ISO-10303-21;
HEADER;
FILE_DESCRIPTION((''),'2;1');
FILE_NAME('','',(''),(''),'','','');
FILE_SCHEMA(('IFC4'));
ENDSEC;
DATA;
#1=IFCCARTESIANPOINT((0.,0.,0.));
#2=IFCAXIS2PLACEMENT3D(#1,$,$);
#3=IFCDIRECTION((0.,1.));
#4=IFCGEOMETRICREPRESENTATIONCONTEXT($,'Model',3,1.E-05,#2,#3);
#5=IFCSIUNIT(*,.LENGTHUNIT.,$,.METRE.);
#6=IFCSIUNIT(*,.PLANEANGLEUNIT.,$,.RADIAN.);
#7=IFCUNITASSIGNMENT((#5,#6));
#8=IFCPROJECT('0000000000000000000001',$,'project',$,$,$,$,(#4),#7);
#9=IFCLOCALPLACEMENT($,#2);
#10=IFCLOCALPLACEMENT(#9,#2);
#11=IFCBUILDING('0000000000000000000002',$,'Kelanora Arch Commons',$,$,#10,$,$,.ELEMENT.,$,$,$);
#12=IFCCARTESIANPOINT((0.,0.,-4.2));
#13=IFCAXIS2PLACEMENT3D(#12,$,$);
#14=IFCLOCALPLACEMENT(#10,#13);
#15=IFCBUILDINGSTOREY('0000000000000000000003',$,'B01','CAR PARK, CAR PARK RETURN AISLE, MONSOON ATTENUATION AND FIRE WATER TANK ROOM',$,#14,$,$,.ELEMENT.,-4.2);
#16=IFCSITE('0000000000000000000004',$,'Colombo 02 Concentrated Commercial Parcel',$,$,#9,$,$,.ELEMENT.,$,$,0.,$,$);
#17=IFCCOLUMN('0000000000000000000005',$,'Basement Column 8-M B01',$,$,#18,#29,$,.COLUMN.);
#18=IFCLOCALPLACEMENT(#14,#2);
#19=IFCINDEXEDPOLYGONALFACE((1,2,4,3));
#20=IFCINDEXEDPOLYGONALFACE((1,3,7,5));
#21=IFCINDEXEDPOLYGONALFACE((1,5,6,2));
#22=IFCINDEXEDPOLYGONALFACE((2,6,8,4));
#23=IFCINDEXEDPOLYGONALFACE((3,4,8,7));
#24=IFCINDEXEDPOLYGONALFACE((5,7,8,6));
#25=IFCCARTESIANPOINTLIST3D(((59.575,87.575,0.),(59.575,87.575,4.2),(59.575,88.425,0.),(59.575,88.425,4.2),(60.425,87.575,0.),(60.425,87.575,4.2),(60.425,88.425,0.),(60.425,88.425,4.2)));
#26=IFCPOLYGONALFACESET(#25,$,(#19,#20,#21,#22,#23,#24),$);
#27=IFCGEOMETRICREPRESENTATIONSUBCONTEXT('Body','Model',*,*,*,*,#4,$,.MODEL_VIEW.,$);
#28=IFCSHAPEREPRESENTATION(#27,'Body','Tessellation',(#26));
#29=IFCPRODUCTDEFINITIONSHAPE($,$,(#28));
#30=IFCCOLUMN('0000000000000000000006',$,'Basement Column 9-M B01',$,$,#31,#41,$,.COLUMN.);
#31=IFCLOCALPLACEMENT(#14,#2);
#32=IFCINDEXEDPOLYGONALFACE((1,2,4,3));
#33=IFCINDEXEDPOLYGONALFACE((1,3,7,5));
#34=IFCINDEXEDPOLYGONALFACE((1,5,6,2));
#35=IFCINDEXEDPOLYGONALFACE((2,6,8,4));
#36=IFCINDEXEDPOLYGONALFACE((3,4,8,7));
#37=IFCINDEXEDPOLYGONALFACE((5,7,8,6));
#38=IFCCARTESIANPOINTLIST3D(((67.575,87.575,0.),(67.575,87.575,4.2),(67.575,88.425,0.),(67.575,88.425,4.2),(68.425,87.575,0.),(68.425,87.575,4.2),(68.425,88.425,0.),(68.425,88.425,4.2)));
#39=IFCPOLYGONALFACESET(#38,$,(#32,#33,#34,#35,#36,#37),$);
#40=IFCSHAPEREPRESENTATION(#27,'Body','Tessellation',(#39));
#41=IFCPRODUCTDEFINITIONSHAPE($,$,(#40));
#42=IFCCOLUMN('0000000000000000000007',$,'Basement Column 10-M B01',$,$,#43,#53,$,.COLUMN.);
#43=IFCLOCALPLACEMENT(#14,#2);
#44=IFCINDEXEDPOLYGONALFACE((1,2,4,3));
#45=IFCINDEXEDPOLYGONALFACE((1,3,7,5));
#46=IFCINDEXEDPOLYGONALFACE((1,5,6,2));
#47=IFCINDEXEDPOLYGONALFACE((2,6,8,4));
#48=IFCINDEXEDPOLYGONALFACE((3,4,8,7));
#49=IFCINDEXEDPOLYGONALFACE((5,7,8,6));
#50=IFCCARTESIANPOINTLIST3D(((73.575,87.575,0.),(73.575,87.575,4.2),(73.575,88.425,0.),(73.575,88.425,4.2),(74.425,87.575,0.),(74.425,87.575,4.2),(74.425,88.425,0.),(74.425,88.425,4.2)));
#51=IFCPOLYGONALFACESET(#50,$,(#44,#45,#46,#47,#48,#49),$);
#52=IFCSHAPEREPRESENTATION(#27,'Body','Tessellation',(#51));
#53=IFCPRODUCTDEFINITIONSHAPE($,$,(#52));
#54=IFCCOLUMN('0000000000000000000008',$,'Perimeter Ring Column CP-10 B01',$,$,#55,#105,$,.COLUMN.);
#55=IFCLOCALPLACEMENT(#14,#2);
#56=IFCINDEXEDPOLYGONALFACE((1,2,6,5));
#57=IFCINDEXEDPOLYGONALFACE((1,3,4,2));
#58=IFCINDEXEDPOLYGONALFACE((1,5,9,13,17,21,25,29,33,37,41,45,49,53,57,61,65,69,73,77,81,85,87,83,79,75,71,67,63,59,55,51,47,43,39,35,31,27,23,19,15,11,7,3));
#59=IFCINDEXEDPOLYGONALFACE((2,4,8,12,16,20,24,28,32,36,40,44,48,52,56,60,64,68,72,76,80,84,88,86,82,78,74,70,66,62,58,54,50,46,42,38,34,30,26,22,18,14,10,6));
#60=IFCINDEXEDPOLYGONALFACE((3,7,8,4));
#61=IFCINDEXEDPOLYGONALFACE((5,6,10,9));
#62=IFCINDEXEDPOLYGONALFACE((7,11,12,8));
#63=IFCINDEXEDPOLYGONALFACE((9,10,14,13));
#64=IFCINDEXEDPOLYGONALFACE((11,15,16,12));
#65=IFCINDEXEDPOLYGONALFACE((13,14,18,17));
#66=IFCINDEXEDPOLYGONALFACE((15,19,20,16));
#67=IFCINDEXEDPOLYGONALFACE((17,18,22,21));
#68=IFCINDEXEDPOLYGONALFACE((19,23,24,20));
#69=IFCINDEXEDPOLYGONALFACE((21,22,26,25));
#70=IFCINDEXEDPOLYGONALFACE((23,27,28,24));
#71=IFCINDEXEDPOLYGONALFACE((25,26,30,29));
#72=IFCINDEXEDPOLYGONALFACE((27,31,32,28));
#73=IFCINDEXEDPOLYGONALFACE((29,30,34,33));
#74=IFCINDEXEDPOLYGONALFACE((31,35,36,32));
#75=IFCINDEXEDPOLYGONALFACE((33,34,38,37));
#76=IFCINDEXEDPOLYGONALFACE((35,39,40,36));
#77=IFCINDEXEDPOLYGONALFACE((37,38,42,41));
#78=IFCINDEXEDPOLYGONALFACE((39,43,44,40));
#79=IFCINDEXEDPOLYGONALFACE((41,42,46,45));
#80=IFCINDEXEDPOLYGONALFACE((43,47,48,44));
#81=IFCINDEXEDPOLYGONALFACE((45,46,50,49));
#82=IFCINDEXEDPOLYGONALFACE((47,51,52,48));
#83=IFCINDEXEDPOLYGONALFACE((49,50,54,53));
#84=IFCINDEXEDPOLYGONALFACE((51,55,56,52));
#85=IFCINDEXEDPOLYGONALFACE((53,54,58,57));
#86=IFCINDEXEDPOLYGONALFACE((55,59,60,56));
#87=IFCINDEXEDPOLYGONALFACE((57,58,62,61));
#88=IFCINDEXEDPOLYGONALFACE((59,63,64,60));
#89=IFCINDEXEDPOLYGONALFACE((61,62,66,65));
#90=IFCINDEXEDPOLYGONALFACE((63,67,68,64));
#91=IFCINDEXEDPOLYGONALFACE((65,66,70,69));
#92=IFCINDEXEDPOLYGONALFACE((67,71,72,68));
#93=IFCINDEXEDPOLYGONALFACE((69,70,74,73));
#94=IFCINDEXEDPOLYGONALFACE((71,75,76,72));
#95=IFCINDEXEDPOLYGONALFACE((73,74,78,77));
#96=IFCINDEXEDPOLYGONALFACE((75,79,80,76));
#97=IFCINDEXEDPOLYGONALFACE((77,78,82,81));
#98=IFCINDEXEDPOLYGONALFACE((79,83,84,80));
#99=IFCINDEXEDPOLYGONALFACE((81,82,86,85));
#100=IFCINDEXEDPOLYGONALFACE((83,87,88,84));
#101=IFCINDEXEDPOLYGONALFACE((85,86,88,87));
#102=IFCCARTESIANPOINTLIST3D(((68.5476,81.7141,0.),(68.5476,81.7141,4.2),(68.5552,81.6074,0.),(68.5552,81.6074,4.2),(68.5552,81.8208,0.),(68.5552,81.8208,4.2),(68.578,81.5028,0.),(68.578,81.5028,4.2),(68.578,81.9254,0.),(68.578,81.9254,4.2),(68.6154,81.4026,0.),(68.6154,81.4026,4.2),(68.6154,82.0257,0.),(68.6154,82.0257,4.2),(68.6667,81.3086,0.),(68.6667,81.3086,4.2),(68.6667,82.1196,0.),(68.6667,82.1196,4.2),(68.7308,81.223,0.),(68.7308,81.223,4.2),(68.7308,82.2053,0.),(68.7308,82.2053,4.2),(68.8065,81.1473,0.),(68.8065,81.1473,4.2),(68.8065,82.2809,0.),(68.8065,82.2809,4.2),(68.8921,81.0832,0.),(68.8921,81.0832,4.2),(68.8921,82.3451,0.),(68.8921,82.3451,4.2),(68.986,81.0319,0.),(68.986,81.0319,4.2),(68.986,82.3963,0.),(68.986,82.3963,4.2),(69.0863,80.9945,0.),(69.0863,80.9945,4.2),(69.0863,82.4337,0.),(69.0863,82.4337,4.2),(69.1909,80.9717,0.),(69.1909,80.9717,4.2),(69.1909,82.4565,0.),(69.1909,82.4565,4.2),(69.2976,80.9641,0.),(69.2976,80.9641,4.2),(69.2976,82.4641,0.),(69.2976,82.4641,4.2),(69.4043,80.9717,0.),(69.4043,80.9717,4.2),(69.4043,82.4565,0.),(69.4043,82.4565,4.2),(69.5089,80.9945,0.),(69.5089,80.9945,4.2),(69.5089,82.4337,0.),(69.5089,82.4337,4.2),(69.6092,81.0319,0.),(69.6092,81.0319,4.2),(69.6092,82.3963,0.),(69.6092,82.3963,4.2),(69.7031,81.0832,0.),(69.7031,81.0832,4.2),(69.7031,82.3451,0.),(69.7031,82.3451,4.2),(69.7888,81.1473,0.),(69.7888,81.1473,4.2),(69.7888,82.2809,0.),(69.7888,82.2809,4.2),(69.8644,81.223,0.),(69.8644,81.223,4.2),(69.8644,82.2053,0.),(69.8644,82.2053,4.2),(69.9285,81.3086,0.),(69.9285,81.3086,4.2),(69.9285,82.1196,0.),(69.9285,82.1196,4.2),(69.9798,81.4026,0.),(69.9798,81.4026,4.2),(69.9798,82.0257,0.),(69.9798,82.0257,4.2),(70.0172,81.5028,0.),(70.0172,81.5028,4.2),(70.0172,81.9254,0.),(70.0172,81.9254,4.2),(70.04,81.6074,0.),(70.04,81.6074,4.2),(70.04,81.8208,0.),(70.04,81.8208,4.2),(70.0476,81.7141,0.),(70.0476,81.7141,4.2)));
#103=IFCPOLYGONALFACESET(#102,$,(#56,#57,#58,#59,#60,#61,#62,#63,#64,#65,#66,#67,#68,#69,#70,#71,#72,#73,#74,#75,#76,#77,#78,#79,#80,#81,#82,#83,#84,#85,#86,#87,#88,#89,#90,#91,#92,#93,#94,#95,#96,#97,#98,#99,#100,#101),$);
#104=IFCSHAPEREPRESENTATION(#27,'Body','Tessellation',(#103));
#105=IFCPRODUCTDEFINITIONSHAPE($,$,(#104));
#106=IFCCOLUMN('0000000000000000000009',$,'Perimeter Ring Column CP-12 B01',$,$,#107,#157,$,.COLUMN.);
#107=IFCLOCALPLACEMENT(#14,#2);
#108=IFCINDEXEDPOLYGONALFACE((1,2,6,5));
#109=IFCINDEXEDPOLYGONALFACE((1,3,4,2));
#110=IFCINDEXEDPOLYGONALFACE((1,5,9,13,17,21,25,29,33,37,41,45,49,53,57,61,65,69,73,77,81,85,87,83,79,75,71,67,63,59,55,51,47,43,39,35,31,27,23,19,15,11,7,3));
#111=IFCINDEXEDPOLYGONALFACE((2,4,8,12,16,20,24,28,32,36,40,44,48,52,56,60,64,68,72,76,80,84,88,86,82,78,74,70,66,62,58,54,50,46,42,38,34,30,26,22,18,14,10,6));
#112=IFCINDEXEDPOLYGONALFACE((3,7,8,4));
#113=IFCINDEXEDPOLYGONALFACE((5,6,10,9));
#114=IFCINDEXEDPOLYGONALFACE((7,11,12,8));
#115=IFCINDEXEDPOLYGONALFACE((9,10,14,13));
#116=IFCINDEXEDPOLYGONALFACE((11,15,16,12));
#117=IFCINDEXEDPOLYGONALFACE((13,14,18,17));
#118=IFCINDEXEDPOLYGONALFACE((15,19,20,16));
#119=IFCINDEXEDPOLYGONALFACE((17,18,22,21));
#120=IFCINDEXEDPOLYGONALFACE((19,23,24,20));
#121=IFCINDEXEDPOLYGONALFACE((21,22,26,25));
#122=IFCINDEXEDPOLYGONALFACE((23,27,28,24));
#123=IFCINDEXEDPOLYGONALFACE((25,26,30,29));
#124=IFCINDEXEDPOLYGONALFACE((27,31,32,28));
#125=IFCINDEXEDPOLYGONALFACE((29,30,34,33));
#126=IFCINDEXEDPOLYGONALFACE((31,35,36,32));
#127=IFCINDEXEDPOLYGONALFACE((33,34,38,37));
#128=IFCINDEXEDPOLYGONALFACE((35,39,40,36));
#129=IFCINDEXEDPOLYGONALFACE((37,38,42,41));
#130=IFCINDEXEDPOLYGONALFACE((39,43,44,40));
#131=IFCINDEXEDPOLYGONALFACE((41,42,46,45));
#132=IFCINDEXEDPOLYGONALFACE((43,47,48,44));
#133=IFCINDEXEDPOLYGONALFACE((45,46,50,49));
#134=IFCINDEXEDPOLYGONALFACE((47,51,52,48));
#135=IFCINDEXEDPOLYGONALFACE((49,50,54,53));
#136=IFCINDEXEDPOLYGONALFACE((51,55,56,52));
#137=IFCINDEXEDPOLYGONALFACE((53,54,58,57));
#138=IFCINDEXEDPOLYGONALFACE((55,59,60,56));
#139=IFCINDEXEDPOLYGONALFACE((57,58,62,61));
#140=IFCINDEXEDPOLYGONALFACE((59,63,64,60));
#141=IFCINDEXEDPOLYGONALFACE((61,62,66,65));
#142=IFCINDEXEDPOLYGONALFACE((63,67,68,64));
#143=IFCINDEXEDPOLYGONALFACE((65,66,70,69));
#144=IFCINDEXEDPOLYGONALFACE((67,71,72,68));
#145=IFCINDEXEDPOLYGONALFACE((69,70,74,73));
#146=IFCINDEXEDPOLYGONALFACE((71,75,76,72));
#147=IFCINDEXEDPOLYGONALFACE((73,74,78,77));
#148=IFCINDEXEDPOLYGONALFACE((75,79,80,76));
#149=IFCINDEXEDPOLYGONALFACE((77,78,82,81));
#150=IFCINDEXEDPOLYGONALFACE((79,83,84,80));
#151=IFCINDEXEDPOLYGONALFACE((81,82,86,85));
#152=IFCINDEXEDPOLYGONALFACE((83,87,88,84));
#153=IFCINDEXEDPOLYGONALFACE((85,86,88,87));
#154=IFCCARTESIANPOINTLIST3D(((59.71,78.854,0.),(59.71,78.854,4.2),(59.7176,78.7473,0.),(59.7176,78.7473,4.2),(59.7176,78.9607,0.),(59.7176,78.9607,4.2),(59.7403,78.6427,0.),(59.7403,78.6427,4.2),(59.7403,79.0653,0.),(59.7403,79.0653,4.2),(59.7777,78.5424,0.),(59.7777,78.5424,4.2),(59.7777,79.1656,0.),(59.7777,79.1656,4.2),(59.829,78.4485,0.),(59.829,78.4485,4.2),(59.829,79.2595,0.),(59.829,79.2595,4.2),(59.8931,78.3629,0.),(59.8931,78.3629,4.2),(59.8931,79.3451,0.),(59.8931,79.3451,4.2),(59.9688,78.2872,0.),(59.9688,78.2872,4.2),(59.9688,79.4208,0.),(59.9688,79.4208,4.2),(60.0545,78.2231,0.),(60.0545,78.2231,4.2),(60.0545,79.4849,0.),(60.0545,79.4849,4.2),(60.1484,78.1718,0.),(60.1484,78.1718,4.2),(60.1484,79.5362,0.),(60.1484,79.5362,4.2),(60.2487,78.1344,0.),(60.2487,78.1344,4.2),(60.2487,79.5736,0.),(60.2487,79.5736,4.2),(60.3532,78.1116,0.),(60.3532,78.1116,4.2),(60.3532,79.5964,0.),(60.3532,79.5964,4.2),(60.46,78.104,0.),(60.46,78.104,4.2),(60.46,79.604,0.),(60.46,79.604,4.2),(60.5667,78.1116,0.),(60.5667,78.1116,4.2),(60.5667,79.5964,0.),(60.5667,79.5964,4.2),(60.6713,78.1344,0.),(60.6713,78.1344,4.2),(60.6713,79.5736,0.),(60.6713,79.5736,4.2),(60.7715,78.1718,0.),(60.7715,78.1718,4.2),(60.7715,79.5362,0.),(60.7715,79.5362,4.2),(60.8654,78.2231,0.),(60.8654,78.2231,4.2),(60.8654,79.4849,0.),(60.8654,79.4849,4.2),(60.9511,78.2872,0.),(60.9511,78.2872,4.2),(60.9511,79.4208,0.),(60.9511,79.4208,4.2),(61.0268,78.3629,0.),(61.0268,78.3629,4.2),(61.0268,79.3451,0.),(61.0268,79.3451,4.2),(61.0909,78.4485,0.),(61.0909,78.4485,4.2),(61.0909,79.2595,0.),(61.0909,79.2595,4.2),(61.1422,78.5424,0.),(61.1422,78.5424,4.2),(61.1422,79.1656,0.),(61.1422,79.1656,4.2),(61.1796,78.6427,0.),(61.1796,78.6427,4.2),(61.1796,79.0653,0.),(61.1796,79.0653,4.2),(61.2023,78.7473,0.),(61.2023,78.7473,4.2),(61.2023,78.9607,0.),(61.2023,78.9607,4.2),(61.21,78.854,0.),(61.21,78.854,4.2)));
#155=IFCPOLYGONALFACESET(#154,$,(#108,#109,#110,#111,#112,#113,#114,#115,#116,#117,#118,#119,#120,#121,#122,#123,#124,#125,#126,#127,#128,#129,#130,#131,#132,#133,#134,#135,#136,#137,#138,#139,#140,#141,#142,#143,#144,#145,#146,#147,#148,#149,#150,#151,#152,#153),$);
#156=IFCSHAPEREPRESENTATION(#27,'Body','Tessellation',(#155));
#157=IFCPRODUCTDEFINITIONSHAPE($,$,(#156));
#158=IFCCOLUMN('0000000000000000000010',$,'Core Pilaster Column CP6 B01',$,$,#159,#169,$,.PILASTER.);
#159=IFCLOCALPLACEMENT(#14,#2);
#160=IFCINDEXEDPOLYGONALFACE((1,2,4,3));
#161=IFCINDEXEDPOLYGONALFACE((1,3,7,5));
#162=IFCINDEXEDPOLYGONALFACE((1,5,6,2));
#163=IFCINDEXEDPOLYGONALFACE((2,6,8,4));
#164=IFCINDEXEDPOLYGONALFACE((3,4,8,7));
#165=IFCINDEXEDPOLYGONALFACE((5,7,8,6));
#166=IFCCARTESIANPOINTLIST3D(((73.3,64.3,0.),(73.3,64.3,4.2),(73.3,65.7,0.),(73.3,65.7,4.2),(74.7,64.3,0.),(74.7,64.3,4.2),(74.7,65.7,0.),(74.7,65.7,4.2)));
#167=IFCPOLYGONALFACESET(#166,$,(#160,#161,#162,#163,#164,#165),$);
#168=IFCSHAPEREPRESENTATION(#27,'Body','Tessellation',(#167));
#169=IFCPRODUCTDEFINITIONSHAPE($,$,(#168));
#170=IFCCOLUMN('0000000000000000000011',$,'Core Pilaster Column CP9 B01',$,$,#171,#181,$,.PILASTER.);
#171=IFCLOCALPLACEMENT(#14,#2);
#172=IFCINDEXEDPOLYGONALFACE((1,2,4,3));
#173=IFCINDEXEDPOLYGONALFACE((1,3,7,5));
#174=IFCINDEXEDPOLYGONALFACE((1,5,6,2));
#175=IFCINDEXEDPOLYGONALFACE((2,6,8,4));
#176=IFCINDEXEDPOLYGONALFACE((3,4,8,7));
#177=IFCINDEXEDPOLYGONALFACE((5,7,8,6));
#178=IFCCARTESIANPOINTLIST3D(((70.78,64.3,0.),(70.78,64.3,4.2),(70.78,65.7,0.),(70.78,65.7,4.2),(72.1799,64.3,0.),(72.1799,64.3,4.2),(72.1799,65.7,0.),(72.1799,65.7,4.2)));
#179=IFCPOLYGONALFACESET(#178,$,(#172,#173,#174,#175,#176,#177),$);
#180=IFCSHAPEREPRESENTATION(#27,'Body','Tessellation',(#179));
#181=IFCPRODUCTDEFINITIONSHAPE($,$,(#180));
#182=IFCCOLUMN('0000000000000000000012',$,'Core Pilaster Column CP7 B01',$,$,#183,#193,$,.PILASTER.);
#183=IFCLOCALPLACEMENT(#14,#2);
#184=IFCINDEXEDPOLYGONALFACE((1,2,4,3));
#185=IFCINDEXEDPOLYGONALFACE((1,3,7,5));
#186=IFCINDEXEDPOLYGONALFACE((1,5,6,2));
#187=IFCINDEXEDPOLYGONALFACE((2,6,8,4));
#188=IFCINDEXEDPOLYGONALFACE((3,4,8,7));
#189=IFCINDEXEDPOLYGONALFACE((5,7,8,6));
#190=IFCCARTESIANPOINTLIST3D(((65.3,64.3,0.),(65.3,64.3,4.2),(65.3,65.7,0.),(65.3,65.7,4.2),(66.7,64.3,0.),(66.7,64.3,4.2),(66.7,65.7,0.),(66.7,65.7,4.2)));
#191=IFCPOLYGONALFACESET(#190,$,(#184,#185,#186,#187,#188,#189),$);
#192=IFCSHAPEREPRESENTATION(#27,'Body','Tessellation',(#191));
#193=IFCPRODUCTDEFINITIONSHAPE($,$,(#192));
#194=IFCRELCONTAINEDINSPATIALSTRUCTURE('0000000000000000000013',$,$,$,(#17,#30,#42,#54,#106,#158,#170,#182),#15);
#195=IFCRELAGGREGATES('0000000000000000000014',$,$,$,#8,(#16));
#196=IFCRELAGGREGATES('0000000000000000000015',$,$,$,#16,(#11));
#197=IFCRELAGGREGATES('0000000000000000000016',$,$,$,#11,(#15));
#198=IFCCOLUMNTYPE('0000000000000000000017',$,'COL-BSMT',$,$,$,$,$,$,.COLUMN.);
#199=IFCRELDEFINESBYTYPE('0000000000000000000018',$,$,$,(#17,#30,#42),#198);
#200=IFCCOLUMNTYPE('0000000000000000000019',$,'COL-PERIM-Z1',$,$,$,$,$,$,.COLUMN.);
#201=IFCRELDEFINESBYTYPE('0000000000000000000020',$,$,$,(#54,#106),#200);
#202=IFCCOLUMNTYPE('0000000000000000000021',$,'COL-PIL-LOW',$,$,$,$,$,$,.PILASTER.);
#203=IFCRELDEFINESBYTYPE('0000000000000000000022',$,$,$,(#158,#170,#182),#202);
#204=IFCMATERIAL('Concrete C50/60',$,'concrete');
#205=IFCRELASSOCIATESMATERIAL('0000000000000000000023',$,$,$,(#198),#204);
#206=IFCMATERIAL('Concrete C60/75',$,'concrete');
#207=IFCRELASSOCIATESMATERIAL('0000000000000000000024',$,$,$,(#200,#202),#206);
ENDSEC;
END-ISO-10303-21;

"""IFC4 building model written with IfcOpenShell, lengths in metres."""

from ifc_helpers import new_model, si_unit, direction, frame, origin, origin_2d, place, context, subcontext, project, spatial, rectangle, circle, extrude, material, material_profile, profile_set, type_object, element, save


model = new_model("IFC4")

# Units and contexts
model_context = context("Model", 3, precision=1e-05, world=origin(), true_north=direction((0.0, 1.0)))
body_context = subcontext(model_context, "Body", "Model", "MODEL_VIEW")
ifc_project = project(units=[si_unit("LENGTHUNIT", "METRE"), si_unit("PLANEANGLEUNIT", "RADIAN")], contexts=[model_context])

# Site, building, storey
site_placement = place(None, origin())
site = spatial("IfcSite", under=ifc_project, at=site_placement, Name="Colombo 02 Concentrated Commercial Parcel", CompositionType="ELEMENT", RefElevation=0.0)
building_placement = place(site_placement, origin())
building = spatial("IfcBuilding", under=site, at=building_placement, Name="Kelanora Arch Commons", CompositionType="ELEMENT")
storey_placement = place(building_placement, frame((0.0, 0.0, -4.2)))
storey = spatial("IfcBuildingStorey", under=building, at=storey_placement, Name="B01", Description="CAR PARK, CAR PARK RETURN AISLE, MONSOON ATTENUATION AND FIRE WATER TANK ROOM", CompositionType="ELEMENT", Elevation=-4.2)

# Columns
ifc_material_1 = material(Name="Concrete C50/60", Category="concrete")
ifc_material_profile_1 = material_profile(ifc_material_1, rectangle(XDim=0.8501, YDim=0.8501, at=origin_2d()), Name="RC850x850")
ifc_profile_set_1 = profile_set([ifc_material_profile_1], Name="Concrete C50/60")
column_type_1 = type_object("IfcColumnType", Name="COL-BSMT", PredefinedType="COLUMN", material=ifc_profile_set_1)
for number, where, z_axis, x_axis, name in (
    (1, (60.0, 88.0, 0.0), (0.0, 0.0, 1.0), (1.0, 0.0, 0.0), "Basement Column 8-M B01"),
    (2, (68.0, 88.0, 0.0), (0.0, 0.0, 1.0), (1.0, 0.0, 0.0), "Basement Column 9-M B01"),
    (3, (74.0, 88.0, 0.0), (0.0, 0.0, 1.0), (1.0, 0.0, 0.0), "Basement Column 10-M B01"),
):
    element("IfcColumn", number, at=place(storey_placement, frame(where, z_axis=z_axis, x_axis=x_axis)), inside=storey, type_object=column_type_1, Name=name, PredefinedType="COLUMN", context=body_context, shape_type="SweptSolid", body=[
        extrude(rectangle(XDim=0.8501, YDim=0.8501, at=origin_2d()), origin(), (0.0, 0.0, 1.0), 4.2),
    ])
ifc_material_2 = material(Name="Concrete C60/75", Category="concrete")
ifc_material_profile_2 = material_profile(ifc_material_2, circle(Radius=0.75, at=origin_2d()), Name="RCC1500")
ifc_profile_set_2 = profile_set([ifc_material_profile_2], Name="Concrete C60/75")
column_type_2 = type_object("IfcColumnType", Name="COL-PERIM-Z1", PredefinedType="COLUMN", material=ifc_profile_set_2)
for number, where, z_axis, x_axis, name in (
    (4, (69.2976, 81.7141, 0.0), (0.0, 0.0, 1.0), (1.0, 0.0, 0.0), "Perimeter Ring Column CP-10 B01"),
    (5, (60.46, 78.854, 0.0), (0.0, 0.0, 1.0), (1.0, 0.0, 0.0), "Perimeter Ring Column CP-12 B01"),
):
    element("IfcColumn", number, at=place(storey_placement, frame(where, z_axis=z_axis, x_axis=x_axis)), inside=storey, type_object=column_type_2, Name=name, PredefinedType="COLUMN", context=body_context, shape_type="SweptSolid", body=[
        extrude(circle(Radius=0.75, at=origin_2d()), origin(), (0.0, 0.0, 1.0), 4.2),
    ])
ifc_material_profile_3 = material_profile(ifc_material_2, rectangle(XDim=1.3999, YDim=1.3999, at=origin_2d()), Name="RC1400x1400")
ifc_profile_set_3 = profile_set([ifc_material_profile_3], Name="Concrete C60/75")
column_type_3 = type_object("IfcColumnType", Name="COL-PIL-LOW", PredefinedType="PILASTER", material=ifc_profile_set_3)
for number, where, z_axis, x_axis, name in (
    (6, (74.0, 65.0, 0.0), (0.0, 0.0, 1.0), (1.0, 0.0, 0.0), "Core Pilaster Column CP6 B01"),
    (7, (71.48, 65.0, 0.0), (0.0, 0.0, 1.0), (1.0, 0.0, 0.0), "Core Pilaster Column CP9 B01"),
    (8, (66.0, 65.0, 0.0), (0.0, 0.0, 1.0), (1.0, 0.0, 0.0), "Core Pilaster Column CP7 B01"),
):
    element("IfcColumn", number, at=place(storey_placement, frame(where, z_axis=z_axis, x_axis=x_axis)), inside=storey, type_object=column_type_3, Name=name, PredefinedType="PILASTER", context=body_context, shape_type="SweptSolid", body=[
        extrude(rectangle(XDim=1.3999, YDim=1.3999, at=origin_2d()), origin(), (0.0, 0.0, 1.0), 4.2),
    ])

save(model, "model.ifc")
